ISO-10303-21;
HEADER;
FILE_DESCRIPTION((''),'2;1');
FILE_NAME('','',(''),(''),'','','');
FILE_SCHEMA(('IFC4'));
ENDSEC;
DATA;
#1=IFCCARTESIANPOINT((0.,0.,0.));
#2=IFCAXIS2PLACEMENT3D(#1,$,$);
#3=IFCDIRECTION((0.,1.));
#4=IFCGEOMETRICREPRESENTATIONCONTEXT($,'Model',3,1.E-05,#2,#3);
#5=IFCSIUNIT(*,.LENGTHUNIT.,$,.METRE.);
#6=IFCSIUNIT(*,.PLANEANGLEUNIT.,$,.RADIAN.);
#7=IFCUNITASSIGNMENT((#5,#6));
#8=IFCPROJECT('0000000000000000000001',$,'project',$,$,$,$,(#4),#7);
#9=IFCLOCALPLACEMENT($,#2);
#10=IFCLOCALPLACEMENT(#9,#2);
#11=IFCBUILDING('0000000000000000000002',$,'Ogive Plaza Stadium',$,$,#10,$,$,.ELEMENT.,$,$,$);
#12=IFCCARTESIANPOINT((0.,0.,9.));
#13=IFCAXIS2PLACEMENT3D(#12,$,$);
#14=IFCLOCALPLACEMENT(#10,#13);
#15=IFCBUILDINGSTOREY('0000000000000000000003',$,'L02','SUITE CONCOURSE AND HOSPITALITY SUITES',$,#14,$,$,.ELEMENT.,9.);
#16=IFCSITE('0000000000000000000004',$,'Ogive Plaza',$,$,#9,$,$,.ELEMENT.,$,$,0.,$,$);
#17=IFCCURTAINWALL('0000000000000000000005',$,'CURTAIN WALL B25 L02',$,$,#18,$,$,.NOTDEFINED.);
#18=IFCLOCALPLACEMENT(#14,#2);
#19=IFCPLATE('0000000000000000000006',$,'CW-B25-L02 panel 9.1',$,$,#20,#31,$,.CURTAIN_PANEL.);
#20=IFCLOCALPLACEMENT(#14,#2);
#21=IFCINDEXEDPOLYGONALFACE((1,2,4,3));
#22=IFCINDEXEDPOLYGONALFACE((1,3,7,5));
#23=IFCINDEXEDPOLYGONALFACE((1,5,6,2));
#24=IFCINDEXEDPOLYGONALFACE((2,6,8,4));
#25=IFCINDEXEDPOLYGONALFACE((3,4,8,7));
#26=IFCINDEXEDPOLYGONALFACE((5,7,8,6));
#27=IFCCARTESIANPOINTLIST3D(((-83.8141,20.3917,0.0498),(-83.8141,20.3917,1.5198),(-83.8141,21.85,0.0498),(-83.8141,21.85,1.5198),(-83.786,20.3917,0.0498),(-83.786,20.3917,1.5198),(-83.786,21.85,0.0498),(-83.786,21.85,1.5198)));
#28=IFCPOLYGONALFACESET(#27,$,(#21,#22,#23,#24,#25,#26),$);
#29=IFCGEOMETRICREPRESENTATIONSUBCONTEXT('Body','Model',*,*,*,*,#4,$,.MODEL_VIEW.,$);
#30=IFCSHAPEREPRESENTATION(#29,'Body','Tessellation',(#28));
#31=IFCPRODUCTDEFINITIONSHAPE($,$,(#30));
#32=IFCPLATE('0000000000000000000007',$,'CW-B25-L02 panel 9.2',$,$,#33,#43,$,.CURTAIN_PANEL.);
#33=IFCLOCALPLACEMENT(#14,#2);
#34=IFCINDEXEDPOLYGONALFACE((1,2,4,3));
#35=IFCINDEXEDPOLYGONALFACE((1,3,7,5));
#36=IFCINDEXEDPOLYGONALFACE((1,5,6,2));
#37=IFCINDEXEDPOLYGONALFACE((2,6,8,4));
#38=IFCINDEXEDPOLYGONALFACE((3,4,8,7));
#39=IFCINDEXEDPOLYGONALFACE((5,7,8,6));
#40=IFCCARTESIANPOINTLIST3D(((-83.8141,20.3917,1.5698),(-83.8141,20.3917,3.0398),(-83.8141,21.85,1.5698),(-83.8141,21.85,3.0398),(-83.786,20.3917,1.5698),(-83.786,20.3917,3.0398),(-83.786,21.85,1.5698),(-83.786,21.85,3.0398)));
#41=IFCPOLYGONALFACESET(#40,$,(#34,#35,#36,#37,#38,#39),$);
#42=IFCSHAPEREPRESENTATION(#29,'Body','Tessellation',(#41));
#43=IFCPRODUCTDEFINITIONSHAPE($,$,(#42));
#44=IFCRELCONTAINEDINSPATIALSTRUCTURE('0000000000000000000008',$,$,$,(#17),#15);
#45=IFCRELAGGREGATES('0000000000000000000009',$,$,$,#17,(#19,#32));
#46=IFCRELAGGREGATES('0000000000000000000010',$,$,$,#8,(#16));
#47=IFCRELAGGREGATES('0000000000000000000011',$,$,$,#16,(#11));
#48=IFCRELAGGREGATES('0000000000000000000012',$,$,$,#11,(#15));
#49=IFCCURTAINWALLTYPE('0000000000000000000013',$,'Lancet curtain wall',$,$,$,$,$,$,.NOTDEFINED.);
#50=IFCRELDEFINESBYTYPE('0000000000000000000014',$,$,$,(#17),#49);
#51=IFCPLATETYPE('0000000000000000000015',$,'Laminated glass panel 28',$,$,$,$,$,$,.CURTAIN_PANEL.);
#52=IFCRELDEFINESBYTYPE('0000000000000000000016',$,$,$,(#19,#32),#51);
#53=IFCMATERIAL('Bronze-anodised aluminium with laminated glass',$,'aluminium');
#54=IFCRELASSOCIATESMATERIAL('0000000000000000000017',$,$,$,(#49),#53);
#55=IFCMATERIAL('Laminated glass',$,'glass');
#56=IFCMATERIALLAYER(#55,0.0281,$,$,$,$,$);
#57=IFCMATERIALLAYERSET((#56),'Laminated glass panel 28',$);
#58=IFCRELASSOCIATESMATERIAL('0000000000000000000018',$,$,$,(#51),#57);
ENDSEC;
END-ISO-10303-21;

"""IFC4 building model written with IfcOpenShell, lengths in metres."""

from ifc_helpers import new_model, si_unit, direction, frame, origin, origin_2d, place, context, subcontext, project, spatial, rectangle, extrude, material, layer, layer_set, type_object, element, aggregate, save


model = new_model("IFC4")

# Units and contexts
model_context = context("Model", 3, precision=1e-05, world=origin(), true_north=direction((0.0, 1.0)))
body_context = subcontext(model_context, "Body", "Model", "MODEL_VIEW")
ifc_project = project(units=[si_unit("LENGTHUNIT", "METRE"), si_unit("PLANEANGLEUNIT", "RADIAN")], contexts=[model_context])

# Site, building, storey
site_placement = place(None, origin())
site = spatial("IfcSite", under=ifc_project, at=site_placement, Name="Ogive Plaza", CompositionType="ELEMENT", RefElevation=0.0)
building_placement = place(site_placement, origin())
building = spatial("IfcBuilding", under=site, at=building_placement, Name="Ogive Plaza Stadium", CompositionType="ELEMENT")
storey_placement = place(building_placement, frame((0.0, 0.0, 9.0)))
storey = spatial("IfcBuildingStorey", under=building, at=storey_placement, Name="L02", Description="SUITE CONCOURSE AND HOSPITALITY SUITES", CompositionType="ELEMENT", Elevation=9.0)

# Curtain wall
ifc_material_1 = material(Name="Bronze-anodised aluminium with laminated glass", Category="aluminium")
curtain_wall_type = type_object("IfcCurtainWallType", Name="Lancet curtain wall", PredefinedType="NOTDEFINED", material=ifc_material_1)
curtain_wall_1_placement = place(storey_placement, origin())
curtain_wall_1 = element("IfcCurtainWall", 1, at=curtain_wall_1_placement, inside=storey, type_object=curtain_wall_type, Name="CURTAIN WALL B25 L02", PredefinedType="NOTDEFINED")

# Plates
ifc_material_2 = material(Name="Laminated glass", Category="glass")
ifc_layer = layer(ifc_material_2, 0.0281)
ifc_layer_set = layer_set([ifc_layer], Name="Laminated glass panel 28")
plate_type = type_object("IfcPlateType", Name="Laminated glass panel 28", PredefinedType="CURTAIN_PANEL", material=ifc_layer_set)
plate_1_placement = place(storey_placement, frame((-83.8, 21.1208, 0.0498), z_axis=(0.0, 0.0, 1.0), x_axis=(0.0, 1.0, 0.0)))
plate_1 = element("IfcPlate", 2, at=plate_1_placement, type_object=plate_type, Name="CW-B25-L02 panel 9.1", PredefinedType="CURTAIN_PANEL", context=body_context, shape_type="SweptSolid", body=[
    extrude(rectangle(XDim=1.4583, YDim=0.0281, at=origin_2d()), origin(), (0.0, 0.0, 1.0), 1.47),
])
plate_2_placement = place(storey_placement, frame((-83.8, 21.1208, 1.5698), z_axis=(0.0, 0.0, 1.0), x_axis=(0.0, 1.0, 0.0)))
plate_2 = element("IfcPlate", 3, at=plate_2_placement, type_object=plate_type, Name="CW-B25-L02 panel 9.2", PredefinedType="CURTAIN_PANEL", context=body_context, shape_type="SweptSolid", body=[
    extrude(rectangle(XDim=1.4583, YDim=0.0281, at=origin_2d()), origin(), (0.0, 0.0, 1.0), 1.47),
])
aggregate(curtain_wall_1, [plate_1, plate_2])

save(model, "model.ifc")
